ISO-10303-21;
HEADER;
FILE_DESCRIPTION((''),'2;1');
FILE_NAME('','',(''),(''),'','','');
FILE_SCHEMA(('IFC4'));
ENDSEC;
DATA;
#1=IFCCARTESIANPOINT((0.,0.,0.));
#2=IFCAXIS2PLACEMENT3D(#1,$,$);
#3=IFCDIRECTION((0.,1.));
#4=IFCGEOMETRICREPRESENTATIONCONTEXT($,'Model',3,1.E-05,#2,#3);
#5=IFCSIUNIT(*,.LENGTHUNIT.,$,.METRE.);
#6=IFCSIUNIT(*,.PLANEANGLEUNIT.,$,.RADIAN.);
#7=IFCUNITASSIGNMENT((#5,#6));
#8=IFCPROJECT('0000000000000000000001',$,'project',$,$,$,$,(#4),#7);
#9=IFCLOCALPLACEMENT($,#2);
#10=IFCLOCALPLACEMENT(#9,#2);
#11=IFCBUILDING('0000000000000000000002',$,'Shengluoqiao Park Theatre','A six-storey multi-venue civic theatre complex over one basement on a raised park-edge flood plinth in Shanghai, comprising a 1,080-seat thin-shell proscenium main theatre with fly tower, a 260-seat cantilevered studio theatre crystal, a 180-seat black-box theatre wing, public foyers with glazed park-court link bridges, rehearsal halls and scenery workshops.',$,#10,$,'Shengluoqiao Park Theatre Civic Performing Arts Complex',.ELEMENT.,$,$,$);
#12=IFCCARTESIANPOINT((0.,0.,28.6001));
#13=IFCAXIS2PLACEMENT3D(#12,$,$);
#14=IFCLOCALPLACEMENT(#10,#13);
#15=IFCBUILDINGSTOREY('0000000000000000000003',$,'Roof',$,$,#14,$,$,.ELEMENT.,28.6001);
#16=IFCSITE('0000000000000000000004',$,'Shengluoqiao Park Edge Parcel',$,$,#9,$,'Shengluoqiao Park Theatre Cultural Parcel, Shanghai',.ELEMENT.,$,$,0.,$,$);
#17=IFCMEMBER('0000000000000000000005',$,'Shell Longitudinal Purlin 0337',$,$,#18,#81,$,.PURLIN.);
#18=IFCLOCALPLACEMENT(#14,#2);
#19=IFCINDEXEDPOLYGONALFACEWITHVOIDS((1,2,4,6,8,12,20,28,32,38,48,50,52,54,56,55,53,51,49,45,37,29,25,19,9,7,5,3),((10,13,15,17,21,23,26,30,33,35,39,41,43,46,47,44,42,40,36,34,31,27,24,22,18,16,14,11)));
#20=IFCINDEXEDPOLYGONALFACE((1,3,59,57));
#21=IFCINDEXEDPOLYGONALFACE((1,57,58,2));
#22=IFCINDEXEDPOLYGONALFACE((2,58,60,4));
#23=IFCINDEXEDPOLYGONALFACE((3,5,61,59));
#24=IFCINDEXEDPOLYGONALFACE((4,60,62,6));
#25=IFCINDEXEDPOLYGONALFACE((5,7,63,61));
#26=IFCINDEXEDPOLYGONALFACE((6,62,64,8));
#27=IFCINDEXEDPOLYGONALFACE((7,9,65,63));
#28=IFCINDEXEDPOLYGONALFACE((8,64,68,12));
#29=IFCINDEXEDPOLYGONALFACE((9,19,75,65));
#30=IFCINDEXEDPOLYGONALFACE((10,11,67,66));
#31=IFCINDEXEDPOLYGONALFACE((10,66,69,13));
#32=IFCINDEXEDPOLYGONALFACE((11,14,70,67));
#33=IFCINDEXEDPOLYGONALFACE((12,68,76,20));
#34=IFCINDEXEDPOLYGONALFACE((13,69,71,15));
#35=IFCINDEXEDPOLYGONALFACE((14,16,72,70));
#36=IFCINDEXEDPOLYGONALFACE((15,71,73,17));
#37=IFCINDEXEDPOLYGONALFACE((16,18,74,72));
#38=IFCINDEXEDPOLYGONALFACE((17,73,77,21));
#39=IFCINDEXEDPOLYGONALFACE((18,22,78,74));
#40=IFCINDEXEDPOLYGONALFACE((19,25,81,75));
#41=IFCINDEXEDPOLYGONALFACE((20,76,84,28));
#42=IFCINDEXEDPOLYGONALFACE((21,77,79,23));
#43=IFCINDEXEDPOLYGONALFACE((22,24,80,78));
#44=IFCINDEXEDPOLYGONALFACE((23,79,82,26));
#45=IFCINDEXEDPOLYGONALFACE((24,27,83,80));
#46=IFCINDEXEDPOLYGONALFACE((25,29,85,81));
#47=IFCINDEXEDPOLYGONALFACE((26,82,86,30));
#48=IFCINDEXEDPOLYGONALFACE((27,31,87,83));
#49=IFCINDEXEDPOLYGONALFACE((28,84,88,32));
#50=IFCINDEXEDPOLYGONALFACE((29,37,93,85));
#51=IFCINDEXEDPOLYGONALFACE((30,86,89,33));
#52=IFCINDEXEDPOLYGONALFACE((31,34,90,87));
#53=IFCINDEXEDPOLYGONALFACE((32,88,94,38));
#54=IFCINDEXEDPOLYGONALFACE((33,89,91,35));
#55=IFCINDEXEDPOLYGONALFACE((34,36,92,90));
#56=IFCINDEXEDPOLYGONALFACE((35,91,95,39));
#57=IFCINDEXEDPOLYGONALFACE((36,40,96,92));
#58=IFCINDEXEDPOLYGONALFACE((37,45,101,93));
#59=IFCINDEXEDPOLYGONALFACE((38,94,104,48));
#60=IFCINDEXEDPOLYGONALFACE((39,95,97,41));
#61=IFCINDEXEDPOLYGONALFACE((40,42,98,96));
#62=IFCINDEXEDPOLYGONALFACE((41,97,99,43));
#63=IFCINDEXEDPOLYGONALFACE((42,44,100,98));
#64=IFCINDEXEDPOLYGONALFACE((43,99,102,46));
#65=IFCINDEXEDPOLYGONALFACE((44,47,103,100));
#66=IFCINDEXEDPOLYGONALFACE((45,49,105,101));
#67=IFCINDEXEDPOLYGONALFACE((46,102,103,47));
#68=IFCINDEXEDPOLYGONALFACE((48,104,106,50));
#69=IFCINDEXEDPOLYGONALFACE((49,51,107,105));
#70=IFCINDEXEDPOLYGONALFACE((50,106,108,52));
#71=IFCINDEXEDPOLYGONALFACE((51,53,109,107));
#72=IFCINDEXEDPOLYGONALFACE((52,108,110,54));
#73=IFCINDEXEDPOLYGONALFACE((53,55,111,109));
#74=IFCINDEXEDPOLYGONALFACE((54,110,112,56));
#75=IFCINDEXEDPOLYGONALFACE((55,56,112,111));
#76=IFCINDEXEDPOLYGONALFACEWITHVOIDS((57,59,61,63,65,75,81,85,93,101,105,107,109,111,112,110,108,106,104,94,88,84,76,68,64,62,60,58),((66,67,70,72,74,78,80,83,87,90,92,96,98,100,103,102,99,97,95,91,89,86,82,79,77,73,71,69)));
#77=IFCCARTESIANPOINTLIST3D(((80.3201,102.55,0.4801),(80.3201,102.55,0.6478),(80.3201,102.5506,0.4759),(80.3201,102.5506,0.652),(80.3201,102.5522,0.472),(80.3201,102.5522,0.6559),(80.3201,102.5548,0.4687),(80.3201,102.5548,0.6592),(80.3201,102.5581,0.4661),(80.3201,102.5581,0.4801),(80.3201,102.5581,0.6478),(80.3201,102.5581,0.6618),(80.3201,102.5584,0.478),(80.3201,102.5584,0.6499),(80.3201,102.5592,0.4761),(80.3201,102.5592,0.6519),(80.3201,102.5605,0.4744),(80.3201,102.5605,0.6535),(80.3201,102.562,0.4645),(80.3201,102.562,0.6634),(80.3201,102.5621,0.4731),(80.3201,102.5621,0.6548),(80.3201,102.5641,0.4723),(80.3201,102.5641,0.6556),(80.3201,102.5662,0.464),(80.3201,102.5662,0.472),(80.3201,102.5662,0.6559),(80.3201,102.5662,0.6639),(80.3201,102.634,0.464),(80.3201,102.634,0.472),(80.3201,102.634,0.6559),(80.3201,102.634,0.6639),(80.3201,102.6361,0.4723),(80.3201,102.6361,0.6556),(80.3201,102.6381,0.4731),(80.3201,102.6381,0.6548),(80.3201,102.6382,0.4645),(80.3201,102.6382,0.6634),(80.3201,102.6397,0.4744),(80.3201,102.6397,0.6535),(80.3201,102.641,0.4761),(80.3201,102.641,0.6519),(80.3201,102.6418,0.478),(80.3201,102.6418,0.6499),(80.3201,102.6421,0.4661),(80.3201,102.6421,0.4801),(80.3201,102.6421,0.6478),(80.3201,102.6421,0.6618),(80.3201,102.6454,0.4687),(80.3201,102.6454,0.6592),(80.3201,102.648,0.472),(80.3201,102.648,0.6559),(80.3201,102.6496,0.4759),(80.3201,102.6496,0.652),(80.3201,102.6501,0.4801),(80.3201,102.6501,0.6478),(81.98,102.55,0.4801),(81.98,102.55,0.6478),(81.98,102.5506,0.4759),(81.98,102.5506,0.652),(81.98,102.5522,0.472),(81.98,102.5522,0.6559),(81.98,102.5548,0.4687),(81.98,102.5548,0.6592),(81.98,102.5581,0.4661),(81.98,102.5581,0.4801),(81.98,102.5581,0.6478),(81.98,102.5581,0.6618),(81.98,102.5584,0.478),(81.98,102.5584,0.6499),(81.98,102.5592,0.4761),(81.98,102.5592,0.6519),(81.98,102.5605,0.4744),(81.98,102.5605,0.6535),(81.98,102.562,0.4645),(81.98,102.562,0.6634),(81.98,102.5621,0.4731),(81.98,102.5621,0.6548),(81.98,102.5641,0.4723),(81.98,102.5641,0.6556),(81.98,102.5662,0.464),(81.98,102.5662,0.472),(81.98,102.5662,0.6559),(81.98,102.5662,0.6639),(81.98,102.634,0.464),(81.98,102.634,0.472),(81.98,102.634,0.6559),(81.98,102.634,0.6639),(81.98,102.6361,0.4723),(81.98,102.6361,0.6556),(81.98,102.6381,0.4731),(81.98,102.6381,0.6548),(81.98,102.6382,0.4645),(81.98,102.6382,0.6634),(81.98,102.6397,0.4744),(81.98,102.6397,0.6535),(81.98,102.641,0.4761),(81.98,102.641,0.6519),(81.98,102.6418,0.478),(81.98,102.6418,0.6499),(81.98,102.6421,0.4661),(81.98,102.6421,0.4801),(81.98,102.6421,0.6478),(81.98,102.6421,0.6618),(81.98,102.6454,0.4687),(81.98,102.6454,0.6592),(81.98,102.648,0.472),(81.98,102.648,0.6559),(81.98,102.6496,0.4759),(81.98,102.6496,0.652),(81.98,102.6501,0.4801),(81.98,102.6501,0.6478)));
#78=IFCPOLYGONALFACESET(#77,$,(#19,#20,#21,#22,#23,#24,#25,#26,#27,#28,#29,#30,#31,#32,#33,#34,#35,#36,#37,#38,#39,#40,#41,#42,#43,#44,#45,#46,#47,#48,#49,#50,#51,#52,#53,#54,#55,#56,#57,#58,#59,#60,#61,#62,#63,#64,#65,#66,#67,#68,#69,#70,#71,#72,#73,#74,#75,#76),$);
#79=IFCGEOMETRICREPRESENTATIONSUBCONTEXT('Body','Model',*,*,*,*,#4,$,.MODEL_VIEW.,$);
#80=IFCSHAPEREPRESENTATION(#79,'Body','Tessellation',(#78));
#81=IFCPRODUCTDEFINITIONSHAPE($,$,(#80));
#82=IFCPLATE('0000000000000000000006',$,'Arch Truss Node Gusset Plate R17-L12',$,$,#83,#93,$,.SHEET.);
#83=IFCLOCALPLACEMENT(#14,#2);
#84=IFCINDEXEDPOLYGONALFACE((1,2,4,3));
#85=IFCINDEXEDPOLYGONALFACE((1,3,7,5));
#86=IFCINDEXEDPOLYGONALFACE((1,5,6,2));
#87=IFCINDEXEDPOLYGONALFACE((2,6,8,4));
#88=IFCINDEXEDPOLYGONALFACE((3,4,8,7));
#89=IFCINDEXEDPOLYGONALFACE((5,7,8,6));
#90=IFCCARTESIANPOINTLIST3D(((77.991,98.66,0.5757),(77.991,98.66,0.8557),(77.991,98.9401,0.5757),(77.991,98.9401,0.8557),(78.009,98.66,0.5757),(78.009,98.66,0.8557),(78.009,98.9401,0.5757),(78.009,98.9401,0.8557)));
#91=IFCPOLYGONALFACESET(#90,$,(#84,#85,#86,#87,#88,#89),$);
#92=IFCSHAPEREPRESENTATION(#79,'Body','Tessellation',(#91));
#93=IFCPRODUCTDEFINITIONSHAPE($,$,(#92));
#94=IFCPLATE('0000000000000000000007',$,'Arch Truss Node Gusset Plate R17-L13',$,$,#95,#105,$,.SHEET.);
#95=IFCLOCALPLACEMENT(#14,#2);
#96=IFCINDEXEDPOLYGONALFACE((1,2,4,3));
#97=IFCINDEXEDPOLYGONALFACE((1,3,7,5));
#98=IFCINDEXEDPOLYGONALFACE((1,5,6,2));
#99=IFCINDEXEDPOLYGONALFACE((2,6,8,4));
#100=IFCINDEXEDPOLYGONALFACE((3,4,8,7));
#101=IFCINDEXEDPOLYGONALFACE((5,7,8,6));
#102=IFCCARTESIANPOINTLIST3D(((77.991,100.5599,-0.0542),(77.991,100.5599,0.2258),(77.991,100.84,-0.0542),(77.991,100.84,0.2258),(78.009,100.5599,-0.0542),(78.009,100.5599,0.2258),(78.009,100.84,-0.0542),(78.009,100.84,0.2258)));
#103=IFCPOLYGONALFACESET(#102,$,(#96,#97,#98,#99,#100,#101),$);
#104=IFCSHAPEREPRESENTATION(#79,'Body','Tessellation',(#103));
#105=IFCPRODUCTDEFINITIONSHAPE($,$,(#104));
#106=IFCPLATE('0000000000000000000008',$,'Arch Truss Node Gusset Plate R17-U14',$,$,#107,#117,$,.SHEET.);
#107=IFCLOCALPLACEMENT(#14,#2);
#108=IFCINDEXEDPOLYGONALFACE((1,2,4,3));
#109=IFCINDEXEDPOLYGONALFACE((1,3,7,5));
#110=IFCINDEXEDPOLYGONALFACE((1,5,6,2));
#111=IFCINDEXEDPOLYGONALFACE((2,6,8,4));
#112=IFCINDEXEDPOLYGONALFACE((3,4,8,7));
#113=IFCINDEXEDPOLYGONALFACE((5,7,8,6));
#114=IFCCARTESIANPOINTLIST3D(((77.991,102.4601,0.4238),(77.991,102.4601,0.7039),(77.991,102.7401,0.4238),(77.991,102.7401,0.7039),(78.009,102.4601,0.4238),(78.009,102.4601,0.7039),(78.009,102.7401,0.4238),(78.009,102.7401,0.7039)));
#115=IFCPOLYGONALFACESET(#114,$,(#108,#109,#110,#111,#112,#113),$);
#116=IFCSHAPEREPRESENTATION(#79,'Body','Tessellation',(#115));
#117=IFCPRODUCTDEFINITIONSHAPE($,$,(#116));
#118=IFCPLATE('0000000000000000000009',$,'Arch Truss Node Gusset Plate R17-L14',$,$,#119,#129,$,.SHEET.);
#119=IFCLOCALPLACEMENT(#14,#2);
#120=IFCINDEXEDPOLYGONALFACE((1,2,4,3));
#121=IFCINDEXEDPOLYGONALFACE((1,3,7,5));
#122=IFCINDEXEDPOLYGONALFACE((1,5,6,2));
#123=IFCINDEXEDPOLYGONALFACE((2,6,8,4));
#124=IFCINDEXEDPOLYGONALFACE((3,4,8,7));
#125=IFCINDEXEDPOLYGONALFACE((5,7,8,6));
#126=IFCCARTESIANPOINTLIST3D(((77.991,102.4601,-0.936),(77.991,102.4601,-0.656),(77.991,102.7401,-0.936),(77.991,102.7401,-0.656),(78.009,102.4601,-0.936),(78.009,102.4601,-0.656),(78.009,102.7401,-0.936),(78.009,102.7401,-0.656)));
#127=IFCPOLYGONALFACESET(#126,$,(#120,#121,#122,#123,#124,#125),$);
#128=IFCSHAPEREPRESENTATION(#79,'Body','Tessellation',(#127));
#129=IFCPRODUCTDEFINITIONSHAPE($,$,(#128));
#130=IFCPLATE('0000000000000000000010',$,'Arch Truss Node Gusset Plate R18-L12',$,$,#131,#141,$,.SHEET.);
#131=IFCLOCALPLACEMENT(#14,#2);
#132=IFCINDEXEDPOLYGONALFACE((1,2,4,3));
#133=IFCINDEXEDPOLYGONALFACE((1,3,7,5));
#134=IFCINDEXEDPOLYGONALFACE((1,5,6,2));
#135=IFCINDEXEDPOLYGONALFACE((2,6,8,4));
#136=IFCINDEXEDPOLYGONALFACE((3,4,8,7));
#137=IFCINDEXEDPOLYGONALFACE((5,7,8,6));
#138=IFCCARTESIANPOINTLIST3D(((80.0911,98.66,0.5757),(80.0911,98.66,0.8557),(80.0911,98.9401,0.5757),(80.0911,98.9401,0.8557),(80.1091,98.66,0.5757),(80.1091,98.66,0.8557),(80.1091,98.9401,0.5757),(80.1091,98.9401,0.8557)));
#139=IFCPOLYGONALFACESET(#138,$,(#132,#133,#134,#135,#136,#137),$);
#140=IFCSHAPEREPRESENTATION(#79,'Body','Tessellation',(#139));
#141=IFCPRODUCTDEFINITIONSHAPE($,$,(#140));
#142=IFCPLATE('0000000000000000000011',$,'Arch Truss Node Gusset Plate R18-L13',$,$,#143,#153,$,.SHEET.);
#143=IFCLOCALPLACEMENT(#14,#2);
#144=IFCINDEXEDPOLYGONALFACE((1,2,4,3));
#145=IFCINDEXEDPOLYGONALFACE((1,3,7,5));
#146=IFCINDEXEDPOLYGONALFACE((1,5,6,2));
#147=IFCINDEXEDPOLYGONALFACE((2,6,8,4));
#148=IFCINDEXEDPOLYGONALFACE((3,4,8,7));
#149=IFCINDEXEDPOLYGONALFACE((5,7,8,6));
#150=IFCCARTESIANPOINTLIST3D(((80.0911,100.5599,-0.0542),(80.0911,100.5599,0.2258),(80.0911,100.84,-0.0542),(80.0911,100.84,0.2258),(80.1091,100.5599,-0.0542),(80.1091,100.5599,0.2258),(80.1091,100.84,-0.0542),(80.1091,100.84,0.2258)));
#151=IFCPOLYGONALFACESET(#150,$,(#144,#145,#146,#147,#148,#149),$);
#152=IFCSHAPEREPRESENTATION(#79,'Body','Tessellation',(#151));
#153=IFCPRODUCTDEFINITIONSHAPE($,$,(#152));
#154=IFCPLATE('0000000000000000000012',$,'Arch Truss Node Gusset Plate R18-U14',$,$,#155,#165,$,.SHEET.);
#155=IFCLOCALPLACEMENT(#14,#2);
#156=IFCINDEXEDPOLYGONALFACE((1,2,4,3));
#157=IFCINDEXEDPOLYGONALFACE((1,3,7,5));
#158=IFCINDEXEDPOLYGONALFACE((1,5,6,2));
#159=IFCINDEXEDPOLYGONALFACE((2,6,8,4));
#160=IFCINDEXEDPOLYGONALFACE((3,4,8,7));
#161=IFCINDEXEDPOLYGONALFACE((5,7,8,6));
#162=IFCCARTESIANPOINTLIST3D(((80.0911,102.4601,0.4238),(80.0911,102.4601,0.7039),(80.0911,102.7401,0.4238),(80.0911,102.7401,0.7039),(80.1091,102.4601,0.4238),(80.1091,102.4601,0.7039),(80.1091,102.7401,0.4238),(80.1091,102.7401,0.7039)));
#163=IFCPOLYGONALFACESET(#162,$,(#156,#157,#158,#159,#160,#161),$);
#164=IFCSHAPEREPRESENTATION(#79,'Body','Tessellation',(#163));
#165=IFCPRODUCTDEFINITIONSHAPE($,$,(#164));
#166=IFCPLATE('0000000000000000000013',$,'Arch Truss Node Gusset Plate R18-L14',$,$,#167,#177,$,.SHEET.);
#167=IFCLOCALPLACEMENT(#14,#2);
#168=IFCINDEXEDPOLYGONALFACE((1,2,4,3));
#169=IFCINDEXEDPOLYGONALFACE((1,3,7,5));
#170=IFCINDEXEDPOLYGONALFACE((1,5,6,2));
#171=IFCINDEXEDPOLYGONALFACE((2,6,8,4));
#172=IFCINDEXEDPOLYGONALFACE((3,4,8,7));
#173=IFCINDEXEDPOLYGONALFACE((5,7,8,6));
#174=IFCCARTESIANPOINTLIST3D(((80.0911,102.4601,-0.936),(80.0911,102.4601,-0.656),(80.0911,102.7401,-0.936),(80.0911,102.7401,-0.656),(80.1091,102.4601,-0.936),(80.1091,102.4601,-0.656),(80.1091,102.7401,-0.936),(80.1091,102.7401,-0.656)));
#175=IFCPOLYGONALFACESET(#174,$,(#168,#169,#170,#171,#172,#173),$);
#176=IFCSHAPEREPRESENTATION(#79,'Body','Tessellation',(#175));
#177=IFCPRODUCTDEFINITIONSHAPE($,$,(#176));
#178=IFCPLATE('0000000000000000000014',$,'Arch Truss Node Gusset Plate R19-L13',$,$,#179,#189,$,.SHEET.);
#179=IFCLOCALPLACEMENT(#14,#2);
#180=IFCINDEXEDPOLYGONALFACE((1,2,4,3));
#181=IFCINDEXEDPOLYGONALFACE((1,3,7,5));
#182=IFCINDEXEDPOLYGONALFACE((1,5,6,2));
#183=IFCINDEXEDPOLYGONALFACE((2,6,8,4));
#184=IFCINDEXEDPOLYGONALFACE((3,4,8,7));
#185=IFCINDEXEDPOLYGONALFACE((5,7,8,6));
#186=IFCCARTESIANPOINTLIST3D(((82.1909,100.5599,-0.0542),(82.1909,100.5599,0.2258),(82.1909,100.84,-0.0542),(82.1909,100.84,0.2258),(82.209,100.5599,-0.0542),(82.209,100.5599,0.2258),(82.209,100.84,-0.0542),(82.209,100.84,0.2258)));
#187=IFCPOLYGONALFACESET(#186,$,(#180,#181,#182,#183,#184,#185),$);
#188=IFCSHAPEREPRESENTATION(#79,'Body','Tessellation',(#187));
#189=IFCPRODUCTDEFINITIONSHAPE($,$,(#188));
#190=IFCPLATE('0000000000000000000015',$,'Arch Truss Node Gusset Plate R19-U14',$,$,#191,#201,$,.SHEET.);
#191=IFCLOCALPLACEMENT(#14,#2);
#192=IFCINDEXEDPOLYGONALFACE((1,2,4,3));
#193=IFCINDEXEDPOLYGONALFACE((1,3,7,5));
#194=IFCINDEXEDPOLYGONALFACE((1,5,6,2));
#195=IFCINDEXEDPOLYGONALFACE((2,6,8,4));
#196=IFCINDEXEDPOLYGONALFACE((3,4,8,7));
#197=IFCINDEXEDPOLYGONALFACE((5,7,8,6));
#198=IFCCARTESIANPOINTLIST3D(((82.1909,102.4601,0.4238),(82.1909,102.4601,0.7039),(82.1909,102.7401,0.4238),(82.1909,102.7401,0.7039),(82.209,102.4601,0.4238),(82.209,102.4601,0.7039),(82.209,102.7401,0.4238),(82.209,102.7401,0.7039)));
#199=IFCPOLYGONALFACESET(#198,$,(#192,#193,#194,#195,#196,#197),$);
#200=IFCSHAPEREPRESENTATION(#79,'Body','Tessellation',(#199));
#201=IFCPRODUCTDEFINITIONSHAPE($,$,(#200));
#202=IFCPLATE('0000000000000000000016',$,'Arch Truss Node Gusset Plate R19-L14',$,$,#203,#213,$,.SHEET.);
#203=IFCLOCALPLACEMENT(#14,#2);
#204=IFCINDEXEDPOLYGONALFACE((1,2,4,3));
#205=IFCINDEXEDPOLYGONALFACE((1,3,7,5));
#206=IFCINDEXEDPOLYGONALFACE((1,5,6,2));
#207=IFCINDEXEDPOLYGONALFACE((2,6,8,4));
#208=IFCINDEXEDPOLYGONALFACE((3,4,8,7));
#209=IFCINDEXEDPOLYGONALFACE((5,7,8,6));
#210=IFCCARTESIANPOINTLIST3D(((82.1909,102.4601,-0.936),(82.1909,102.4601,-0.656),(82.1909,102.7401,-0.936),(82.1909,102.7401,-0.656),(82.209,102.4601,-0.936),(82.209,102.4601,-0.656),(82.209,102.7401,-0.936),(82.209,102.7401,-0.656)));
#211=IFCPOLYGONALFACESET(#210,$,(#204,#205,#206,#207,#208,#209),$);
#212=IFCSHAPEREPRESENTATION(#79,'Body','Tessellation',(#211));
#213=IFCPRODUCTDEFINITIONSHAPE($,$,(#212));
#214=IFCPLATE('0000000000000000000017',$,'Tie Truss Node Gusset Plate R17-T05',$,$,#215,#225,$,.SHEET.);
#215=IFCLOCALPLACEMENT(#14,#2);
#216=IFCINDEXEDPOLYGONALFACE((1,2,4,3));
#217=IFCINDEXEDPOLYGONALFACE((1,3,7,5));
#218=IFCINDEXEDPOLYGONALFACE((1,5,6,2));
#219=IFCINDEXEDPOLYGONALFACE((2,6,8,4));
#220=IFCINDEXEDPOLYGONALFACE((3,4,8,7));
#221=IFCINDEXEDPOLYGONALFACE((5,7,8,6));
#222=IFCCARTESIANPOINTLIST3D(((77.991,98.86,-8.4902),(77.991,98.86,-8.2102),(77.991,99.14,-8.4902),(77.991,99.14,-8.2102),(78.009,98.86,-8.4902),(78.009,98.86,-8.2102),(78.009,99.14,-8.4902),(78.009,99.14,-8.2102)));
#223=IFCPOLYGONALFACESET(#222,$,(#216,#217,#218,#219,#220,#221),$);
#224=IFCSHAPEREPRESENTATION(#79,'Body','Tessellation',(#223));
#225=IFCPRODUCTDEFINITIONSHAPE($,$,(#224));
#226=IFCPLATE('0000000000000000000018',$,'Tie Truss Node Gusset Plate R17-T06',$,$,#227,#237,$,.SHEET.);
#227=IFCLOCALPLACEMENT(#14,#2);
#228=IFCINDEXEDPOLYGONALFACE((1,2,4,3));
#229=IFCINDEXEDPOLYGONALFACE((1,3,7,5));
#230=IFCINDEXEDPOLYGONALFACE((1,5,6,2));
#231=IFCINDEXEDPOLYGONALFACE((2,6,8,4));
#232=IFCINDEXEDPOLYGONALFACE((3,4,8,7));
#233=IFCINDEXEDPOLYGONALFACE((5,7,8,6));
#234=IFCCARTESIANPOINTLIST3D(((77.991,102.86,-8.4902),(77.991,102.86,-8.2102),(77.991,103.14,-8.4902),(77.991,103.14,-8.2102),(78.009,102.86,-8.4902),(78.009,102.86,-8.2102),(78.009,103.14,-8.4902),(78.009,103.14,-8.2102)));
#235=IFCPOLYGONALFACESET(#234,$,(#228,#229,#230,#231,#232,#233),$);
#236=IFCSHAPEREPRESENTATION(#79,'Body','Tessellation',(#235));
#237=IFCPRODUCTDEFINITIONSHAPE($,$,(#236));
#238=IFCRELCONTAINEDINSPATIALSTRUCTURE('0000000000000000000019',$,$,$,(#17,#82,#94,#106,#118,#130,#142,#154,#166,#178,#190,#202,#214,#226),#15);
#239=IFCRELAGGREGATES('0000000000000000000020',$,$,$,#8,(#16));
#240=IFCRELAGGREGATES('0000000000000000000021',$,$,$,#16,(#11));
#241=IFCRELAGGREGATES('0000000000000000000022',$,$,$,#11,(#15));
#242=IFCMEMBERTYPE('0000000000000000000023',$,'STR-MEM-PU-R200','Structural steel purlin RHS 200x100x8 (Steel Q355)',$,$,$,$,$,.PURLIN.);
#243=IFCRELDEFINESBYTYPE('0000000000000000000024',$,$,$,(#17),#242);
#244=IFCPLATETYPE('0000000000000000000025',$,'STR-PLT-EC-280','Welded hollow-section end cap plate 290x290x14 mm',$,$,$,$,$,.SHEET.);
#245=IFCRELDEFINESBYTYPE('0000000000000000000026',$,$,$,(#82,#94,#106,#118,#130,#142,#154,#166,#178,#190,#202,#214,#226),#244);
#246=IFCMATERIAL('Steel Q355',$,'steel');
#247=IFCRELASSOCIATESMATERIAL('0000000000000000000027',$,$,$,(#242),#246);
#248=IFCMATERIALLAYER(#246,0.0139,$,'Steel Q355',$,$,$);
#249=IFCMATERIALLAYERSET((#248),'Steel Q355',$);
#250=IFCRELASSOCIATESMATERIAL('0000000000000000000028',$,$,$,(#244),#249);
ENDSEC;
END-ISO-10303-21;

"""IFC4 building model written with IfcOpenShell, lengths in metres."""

from ifc_helpers import new_model, si_unit, direction, frame, origin, origin_2d, place, context, subcontext, project, spatial, rectangle, hollow_rectangle, extrude, material, layer, layer_set, material_profile, profile_set, type_object, element, save


model = new_model("IFC4")

# Units and contexts
model_context = context("Model", 3, precision=1e-05, world=origin(), true_north=direction((0.0, 1.0)))
body_context = subcontext(model_context, "Body", "Model", "MODEL_VIEW")
ifc_project = project(units=[si_unit("LENGTHUNIT", "METRE"), si_unit("PLANEANGLEUNIT", "RADIAN")], contexts=[model_context])

# Site, building, storey
site_placement = place(None, origin())
site = spatial("IfcSite", under=ifc_project, at=site_placement, Name="Shengluoqiao Park Edge Parcel", LongName="Shengluoqiao Park Theatre Cultural Parcel, Shanghai", CompositionType="ELEMENT", RefElevation=0.0)
building_placement = place(site_placement, origin())
building = spatial("IfcBuilding", under=site, at=building_placement, Name="Shengluoqiao Park Theatre", Description="A six-storey multi-venue civic theatre complex over one basement on a raised park-edge flood plinth in Shanghai, comprising a 1,080-seat thin-shell proscenium main theatre with fly tower, a 260-seat cantilevered studio theatre crystal, a 180-seat black-box theatre wing, public foyers with glazed park-court link bridges, rehearsal halls and scenery workshops.", LongName="Shengluoqiao Park Theatre Civic Performing Arts Complex", CompositionType="ELEMENT")
storey_placement = place(building_placement, frame((0.0, 0.0, 28.6001)))
storey = spatial("IfcBuildingStorey", under=building, at=storey_placement, Name="Roof", CompositionType="ELEMENT", Elevation=28.6001)

# Shared definitions
ifc_material_1 = material(Name="Steel Q355", Category="steel")

# Member
ifc_material_profile_1 = material_profile(ifc_material_1, hollow_rectangle(XDim=0.1001, YDim=0.2, WallThickness=0.0081, InnerFilletRadius=0.0081, OuterFilletRadius=0.0161, at=origin_2d()), Name="RHS 200x100x8")
ifc_profile_set_1 = profile_set([ifc_material_profile_1], Name="Steel Q355")
member_type_1 = type_object("IfcMemberType", Name="STR-MEM-PU-R200", Description="Structural steel purlin RHS 200x100x8 (Steel Q355)", PredefinedType="PURLIN", material=ifc_profile_set_1)
for number, where, z_axis, x_axis, name in (
    (1, (80.3201, 102.6001, 0.564), (1.0, 0.0, 0.0), (0.0, 1.0, 0.0), "Shell Longitudinal Purlin 0337"),
):
    element("IfcMember", number, at=place(storey_placement, frame(where, z_axis=z_axis, x_axis=x_axis)), inside=storey, type_object=member_type_1, Name=name, PredefinedType="PURLIN", context=body_context, shape_type="SweptSolid", body=[
        extrude(hollow_rectangle(XDim=0.1001, YDim=0.2, WallThickness=0.0081, InnerFilletRadius=0.0081, OuterFilletRadius=0.0161, at=origin_2d()), origin(), (0.0, 0.0, 1.0), 1.6599),
    ])

# Plates
ifc_layer = layer(ifc_material_1, 0.0139, Name="Steel Q355")
ifc_layer_set = layer_set([ifc_layer], Name="Steel Q355")
plate_type = type_object("IfcPlateType", Name="STR-PLT-EC-280", Description="Welded hollow-section end cap plate 290x290x14 mm", PredefinedType="SHEET", material=ifc_layer_set)
for number, where, z_axis, x_axis, name in (
    (2, (78.0, 98.8, 0.5757), (0.0, 0.0, 1.0), (1.0, 0.0, 0.0), "Arch Truss Node Gusset Plate R17-L12"),
    (3, (78.0, 100.7, -0.0542), (0.0, 0.0, 1.0), (1.0, 0.0, 0.0), "Arch Truss Node Gusset Plate R17-L13"),
    (4, (78.0, 102.6001, 0.4238), (0.0, 0.0, 1.0), (1.0, 0.0, 0.0), "Arch Truss Node Gusset Plate R17-U14"),
    (5, (78.0, 102.6001, -0.936), (0.0, 0.0, 1.0), (1.0, 0.0, 0.0), "Arch Truss Node Gusset Plate R17-L14"),
    (6, (80.1001, 98.8, 0.5757), (0.0, 0.0, 1.0), (1.0, 0.0, 0.0), "Arch Truss Node Gusset Plate R18-L12"),
    (7, (80.1001, 100.7, -0.0542), (0.0, 0.0, 1.0), (1.0, 0.0, 0.0), "Arch Truss Node Gusset Plate R18-L13"),
    (8, (80.1001, 102.6001, 0.4238), (0.0, 0.0, 1.0), (1.0, 0.0, 0.0), "Arch Truss Node Gusset Plate R18-U14"),
    (9, (80.1001, 102.6001, -0.936), (0.0, 0.0, 1.0), (1.0, 0.0, 0.0), "Arch Truss Node Gusset Plate R18-L14"),
    (10, (82.2, 100.7, -0.0542), (0.0, 0.0, 1.0), (1.0, 0.0, 0.0), "Arch Truss Node Gusset Plate R19-L13"),
    (11, (82.2, 102.6001, 0.4238), (0.0, 0.0, 1.0), (1.0, 0.0, 0.0), "Arch Truss Node Gusset Plate R19-U14"),
    (12, (82.2, 102.6001, -0.936), (0.0, 0.0, 1.0), (1.0, 0.0, 0.0), "Arch Truss Node Gusset Plate R19-L14"),
    (13, (78.0, 99.0, -8.4902), (0.0, 0.0, 1.0), (1.0, 0.0, 0.0), "Tie Truss Node Gusset Plate R17-T05"),
    (14, (78.0, 103.0, -8.4902), (0.0, 0.0, 1.0), (1.0, 0.0, 0.0), "Tie Truss Node Gusset Plate R17-T06"),
):
    element("IfcPlate", number, at=place(storey_placement, frame(where, z_axis=z_axis, x_axis=x_axis)), inside=storey, type_object=plate_type, Name=name, PredefinedType="SHEET", context=body_context, shape_type="SweptSolid", body=[
        extrude(rectangle(XDim=0.0181, YDim=0.28, at=origin_2d()), origin(), (0.0, 0.0, 1.0), 0.28),
    ])

save(model, "model.ifc")
